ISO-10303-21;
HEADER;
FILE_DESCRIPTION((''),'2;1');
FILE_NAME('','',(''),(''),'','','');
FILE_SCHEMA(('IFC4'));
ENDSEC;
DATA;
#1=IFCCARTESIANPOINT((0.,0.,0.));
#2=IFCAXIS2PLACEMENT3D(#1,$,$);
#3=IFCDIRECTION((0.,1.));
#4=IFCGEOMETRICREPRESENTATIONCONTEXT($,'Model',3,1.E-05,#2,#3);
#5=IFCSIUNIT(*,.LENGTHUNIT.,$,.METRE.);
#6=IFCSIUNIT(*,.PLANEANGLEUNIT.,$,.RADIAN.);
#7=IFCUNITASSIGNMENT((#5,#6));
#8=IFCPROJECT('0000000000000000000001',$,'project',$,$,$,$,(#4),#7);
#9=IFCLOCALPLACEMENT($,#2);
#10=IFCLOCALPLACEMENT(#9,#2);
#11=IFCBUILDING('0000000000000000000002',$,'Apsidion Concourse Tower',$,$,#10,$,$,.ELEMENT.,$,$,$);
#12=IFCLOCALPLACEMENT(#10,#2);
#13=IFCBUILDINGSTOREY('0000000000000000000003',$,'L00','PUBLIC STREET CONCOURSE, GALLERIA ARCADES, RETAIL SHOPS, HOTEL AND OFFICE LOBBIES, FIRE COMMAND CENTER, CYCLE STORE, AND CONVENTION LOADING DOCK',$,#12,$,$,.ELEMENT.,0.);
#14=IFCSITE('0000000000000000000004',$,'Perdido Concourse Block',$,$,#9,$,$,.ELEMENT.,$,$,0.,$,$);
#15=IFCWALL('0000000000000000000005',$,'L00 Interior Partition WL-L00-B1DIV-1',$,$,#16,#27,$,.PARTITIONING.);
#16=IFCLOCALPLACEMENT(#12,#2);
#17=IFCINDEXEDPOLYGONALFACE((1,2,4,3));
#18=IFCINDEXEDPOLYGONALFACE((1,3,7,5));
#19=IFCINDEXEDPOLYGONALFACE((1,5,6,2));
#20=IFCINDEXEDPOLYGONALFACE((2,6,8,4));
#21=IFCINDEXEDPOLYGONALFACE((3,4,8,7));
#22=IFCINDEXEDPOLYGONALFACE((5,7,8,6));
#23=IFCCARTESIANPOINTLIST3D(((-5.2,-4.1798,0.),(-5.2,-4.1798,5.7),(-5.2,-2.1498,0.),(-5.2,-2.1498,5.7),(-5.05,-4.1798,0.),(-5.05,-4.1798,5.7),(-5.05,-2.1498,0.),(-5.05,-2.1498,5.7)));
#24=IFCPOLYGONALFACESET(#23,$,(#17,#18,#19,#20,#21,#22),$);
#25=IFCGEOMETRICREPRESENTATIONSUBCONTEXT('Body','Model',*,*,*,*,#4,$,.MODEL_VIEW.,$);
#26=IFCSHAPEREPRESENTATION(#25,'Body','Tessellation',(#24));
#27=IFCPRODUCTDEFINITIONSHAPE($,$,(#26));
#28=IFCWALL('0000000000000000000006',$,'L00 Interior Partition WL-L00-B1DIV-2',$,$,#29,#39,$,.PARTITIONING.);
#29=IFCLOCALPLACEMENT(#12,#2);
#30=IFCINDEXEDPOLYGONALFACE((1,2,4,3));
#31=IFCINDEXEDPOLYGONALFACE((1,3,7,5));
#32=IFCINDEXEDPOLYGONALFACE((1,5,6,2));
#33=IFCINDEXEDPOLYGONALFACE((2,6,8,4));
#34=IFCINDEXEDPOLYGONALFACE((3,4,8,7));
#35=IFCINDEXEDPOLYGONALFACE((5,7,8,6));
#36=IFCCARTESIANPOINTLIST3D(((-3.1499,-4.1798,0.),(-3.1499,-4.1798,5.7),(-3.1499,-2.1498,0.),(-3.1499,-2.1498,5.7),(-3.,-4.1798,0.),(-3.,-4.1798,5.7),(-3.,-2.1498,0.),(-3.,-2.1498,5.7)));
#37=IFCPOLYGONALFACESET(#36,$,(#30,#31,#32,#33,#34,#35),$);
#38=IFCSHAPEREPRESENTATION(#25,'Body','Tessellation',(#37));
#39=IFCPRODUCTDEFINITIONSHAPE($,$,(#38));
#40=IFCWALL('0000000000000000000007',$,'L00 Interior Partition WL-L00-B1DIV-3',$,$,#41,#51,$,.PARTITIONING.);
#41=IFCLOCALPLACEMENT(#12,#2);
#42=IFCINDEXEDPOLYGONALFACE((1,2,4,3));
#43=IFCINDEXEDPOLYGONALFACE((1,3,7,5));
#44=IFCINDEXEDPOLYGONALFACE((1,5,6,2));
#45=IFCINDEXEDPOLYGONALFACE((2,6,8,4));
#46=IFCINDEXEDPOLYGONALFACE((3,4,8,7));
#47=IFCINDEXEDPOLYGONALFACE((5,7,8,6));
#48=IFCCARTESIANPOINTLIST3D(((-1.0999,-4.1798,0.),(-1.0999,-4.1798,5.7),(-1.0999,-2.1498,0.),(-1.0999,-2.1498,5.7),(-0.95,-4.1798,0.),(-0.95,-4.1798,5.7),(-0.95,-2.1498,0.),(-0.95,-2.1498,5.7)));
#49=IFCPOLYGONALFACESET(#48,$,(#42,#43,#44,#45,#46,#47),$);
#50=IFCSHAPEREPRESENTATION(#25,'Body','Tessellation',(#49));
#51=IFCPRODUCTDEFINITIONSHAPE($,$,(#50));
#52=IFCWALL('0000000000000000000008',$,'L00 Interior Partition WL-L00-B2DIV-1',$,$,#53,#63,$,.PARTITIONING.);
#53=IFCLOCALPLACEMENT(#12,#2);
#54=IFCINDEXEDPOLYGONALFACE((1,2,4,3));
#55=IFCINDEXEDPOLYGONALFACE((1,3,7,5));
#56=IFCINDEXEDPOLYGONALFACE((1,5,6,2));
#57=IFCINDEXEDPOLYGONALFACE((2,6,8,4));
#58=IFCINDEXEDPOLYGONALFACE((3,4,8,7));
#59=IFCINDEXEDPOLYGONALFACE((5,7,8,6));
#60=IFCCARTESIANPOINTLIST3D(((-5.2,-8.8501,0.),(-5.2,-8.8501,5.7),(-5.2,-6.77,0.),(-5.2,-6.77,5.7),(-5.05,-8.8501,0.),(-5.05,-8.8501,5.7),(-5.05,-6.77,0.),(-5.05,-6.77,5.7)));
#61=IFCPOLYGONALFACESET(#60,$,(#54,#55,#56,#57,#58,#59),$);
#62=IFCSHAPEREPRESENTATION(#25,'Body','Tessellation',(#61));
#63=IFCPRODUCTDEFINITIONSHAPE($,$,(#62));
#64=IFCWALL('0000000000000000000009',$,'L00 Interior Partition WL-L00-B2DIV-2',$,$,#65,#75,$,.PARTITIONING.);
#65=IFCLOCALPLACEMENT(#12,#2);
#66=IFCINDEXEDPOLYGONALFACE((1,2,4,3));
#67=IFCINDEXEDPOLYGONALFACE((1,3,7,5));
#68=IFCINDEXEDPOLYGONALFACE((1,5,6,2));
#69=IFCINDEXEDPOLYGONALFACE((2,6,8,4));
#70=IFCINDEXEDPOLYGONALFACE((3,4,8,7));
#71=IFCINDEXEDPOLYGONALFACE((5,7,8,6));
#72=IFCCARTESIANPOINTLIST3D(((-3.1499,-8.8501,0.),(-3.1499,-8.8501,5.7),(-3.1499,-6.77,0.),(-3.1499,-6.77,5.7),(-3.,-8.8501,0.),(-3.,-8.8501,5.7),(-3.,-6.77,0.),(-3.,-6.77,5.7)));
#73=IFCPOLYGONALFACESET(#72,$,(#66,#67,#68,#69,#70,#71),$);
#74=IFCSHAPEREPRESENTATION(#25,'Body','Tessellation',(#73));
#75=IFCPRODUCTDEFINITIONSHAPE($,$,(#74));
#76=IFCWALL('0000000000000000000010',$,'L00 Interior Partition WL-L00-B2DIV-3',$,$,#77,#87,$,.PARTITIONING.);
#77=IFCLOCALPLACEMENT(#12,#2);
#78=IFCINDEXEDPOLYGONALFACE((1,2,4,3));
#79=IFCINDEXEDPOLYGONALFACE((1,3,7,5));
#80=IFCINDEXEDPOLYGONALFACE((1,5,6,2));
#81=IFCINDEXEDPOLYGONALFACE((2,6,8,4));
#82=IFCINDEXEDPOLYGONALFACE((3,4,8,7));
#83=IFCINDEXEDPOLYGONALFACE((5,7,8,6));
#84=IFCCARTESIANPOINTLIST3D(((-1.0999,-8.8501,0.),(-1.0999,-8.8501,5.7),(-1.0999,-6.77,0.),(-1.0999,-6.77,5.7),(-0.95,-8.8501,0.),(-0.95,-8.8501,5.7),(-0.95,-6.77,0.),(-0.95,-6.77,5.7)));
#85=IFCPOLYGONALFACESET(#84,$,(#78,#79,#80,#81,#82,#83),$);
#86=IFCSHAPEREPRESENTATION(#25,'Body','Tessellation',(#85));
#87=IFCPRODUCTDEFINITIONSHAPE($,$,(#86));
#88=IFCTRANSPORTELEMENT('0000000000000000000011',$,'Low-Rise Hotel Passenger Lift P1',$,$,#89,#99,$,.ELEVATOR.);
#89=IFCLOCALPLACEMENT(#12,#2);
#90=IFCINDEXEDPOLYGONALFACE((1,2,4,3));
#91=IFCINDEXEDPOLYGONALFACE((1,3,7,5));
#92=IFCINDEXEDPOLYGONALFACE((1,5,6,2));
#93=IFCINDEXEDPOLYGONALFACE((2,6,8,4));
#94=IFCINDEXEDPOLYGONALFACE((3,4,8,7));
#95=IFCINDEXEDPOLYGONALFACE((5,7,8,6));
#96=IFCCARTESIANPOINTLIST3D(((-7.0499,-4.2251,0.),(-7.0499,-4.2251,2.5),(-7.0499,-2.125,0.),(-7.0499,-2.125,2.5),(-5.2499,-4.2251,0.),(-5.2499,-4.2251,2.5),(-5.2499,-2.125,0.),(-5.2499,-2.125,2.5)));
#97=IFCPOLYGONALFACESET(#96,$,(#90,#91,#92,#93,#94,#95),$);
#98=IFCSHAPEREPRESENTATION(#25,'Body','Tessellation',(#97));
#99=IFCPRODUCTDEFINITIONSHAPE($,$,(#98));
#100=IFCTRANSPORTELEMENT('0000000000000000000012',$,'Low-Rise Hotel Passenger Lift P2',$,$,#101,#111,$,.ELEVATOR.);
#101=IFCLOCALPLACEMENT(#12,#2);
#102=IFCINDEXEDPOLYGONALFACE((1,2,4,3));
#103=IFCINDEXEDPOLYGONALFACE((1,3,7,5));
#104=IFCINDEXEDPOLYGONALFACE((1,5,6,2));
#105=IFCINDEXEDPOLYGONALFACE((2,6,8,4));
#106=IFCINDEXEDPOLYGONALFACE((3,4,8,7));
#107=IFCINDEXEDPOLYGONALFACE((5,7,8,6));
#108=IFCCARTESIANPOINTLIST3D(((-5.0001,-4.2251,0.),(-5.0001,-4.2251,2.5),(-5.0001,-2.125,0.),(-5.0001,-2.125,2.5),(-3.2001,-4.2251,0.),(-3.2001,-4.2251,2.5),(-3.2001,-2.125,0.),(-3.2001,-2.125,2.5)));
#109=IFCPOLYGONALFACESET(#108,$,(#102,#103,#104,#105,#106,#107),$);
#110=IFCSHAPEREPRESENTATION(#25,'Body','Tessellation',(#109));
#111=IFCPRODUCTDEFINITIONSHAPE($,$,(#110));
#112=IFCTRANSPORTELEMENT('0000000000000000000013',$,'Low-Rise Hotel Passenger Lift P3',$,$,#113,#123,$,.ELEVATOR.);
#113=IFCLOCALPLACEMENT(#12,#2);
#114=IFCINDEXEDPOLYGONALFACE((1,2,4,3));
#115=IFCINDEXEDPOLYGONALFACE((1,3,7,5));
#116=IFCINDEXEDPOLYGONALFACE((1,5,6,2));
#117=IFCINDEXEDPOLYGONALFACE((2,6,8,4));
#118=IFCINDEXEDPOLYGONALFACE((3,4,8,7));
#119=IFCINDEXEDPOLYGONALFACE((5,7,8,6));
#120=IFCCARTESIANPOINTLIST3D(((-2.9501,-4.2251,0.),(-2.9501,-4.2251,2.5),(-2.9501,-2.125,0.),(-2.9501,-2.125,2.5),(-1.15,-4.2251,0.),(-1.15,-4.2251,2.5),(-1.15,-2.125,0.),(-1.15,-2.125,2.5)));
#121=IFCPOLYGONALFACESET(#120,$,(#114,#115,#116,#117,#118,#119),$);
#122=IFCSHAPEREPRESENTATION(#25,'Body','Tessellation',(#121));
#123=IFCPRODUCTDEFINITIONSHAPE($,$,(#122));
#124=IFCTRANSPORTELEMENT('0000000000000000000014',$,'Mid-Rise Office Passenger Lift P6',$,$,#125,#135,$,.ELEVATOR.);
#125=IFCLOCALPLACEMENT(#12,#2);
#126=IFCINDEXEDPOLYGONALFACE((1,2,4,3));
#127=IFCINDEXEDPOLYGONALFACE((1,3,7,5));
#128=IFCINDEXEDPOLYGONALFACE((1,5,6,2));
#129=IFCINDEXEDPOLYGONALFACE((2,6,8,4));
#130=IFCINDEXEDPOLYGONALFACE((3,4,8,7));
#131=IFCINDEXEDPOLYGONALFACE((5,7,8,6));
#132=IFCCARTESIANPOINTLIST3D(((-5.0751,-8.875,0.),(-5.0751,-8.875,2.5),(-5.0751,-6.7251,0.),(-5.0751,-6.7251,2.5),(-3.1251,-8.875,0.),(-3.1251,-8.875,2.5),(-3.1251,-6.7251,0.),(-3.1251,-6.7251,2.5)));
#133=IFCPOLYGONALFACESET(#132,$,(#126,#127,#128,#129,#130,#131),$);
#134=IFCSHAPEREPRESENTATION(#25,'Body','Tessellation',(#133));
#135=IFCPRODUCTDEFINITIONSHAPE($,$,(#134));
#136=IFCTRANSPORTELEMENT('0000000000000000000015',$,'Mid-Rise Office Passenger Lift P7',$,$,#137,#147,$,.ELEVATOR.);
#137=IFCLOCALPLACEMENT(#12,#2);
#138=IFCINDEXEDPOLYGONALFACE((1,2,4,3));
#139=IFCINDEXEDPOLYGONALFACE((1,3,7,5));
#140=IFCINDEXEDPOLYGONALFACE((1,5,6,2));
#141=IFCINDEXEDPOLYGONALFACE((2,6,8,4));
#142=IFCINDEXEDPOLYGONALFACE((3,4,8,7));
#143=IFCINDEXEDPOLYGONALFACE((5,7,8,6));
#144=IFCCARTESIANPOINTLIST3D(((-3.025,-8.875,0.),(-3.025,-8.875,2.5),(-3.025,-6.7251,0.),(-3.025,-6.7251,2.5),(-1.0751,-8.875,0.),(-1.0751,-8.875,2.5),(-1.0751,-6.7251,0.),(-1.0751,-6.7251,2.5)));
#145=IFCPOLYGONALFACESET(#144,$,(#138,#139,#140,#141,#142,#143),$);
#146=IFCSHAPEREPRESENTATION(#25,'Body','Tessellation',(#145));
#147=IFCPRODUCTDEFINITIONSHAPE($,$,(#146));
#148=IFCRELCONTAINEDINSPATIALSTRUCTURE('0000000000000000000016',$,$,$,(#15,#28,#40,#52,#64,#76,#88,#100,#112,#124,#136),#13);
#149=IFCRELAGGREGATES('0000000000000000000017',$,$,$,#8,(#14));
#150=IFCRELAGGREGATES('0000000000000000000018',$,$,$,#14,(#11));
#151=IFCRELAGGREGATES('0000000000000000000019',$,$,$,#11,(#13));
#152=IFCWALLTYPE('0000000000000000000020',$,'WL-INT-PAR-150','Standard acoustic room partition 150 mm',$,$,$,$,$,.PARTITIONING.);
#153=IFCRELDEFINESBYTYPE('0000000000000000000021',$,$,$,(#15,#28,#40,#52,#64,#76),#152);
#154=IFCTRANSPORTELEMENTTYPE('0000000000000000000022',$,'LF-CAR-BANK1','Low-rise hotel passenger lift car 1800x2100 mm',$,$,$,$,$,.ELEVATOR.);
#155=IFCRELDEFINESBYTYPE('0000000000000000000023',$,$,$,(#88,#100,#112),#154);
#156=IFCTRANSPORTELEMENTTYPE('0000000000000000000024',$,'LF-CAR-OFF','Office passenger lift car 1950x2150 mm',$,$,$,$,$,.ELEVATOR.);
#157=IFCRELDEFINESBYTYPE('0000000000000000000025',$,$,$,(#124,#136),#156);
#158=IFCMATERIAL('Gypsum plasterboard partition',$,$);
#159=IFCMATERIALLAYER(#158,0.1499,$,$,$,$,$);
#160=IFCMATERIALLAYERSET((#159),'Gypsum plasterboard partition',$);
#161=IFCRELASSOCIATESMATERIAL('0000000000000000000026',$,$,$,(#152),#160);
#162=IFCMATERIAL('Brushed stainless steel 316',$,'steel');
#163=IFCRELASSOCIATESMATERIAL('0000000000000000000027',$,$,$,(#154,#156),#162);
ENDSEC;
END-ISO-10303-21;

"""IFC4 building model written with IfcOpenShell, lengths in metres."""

from ifc_helpers import new_model, si_unit, direction, frame, frame_2d, origin, origin_2d, place, context, subcontext, project, spatial, rectangle, extrude, material, layer, layer_set, type_object, element, save


model = new_model("IFC4")

# Units and contexts
model_context = context("Model", 3, precision=1e-05, world=origin(), true_north=direction((0.0, 1.0)))
body_context = subcontext(model_context, "Body", "Model", "MODEL_VIEW")
ifc_project = project(units=[si_unit("LENGTHUNIT", "METRE"), si_unit("PLANEANGLEUNIT", "RADIAN")], contexts=[model_context])

# Site, building, storey
site_placement = place(None, origin())
site = spatial("IfcSite", under=ifc_project, at=site_placement, Name="Perdido Concourse Block", CompositionType="ELEMENT", RefElevation=0.0)
building_placement = place(site_placement, origin())
building = spatial("IfcBuilding", under=site, at=building_placement, Name="Apsidion Concourse Tower", CompositionType="ELEMENT")
storey_placement = place(building_placement, origin())
storey = spatial("IfcBuildingStorey", under=building, at=storey_placement, Name="L00", Description="PUBLIC STREET CONCOURSE, GALLERIA ARCADES, RETAIL SHOPS, HOTEL AND OFFICE LOBBIES, FIRE COMMAND CENTER, CYCLE STORE, AND CONVENTION LOADING DOCK", CompositionType="ELEMENT", Elevation=0.0)

# Walls
ifc_material_1 = material(Name="Gypsum plasterboard partition")
ifc_layer_1 = layer(ifc_material_1, 0.1499)
ifc_layer_set_1 = layer_set([ifc_layer_1], Name="Gypsum plasterboard partition")
wall_type_1 = type_object("IfcWallType", Name="WL-INT-PAR-150", Description="Standard acoustic room partition 150 mm", PredefinedType="PARTITIONING", material=ifc_layer_set_1)
for number, where, z_axis, x_axis, name in (
    (1, (-5.125, -4.1799, 0.0), (0.0, 0.0, 1.0), (0.0, 1.0, 0.0), "L00 Interior Partition WL-L00-B1DIV-1"),
    (2, (-3.075, -4.1799, 0.0), (0.0, 0.0, 1.0), (0.0, 1.0, 0.0), "L00 Interior Partition WL-L00-B1DIV-2"),
    (3, (-1.0249, -4.1799, 0.0), (0.0, 0.0, 1.0), (0.0, 1.0, 0.0), "L00 Interior Partition WL-L00-B1DIV-3"),
):
    element("IfcWall", number, at=place(storey_placement, frame(where, z_axis=z_axis, x_axis=x_axis)), inside=storey, type_object=wall_type_1, Name=name, PredefinedType="PARTITIONING", context=body_context, shape_type="SweptSolid", body=[
        extrude(rectangle(XDim=2.03, YDim=0.1499, at=frame_2d((1.0151, 0.0))), origin(), (0.0, 0.0, 1.0), 5.7),
    ])
for number, where, z_axis, x_axis, name in (
    (4, (-5.125, -8.8501, 0.0), (0.0, 0.0, 1.0), (0.0, 1.0, 0.0), "L00 Interior Partition WL-L00-B2DIV-1"),
    (5, (-3.075, -8.8501, 0.0), (0.0, 0.0, 1.0), (0.0, 1.0, 0.0), "L00 Interior Partition WL-L00-B2DIV-2"),
    (6, (-1.0249, -8.8501, 0.0), (0.0, 0.0, 1.0), (0.0, 1.0, 0.0), "L00 Interior Partition WL-L00-B2DIV-3"),
):
    element("IfcWall", number, at=place(storey_placement, frame(where, z_axis=z_axis, x_axis=x_axis)), inside=storey, type_object=wall_type_1, Name=name, PredefinedType="PARTITIONING", context=body_context, shape_type="SweptSolid", body=[
        extrude(rectangle(XDim=2.0801, YDim=0.1499, at=frame_2d((1.04, 0.0))), origin(), (0.0, 0.0, 1.0), 5.7),
    ])

# Shared definitions
ifc_material_2 = material(Name="Brushed stainless steel 316", Category="steel")

# Transport elements
transport_element_type_1 = type_object("IfcTransportElementType", Name="LF-CAR-BANK1", Description="Low-rise hotel passenger lift car 1800x2100 mm", PredefinedType="ELEVATOR", material=ifc_material_2)
for number, where, z_axis, x_axis, name in (
    (7, (-6.1499, -3.175, 0.0), (0.0, 0.0, 1.0), (1.0, 0.0, 0.0), "Low-Rise Hotel Passenger Lift P1"),
    (8, (-4.1001, -3.175, 0.0), (0.0, 0.0, 1.0), (1.0, 0.0, 0.0), "Low-Rise Hotel Passenger Lift P2"),
    (9, (-2.05, -3.175, 0.0), (0.0, 0.0, 1.0), (1.0, 0.0, 0.0), "Low-Rise Hotel Passenger Lift P3"),
):
    element("IfcTransportElement", number, at=place(storey_placement, frame(where, z_axis=z_axis, x_axis=x_axis)), inside=storey, type_object=transport_element_type_1, Name=name, PredefinedType="ELEVATOR", context=body_context, shape_type="SweptSolid", body=[
        extrude(rectangle(XDim=1.8, YDim=2.1001, at=origin_2d()), origin(), (0.0, 0.0, 1.0), 2.5),
    ])
transport_element_type_2 = type_object("IfcTransportElementType", Name="LF-CAR-OFF", Description="Office passenger lift car 1950x2150 mm", PredefinedType="ELEVATOR", material=ifc_material_2)
for number, where, z_axis, x_axis, name in (
    (10, (-4.1001, -7.8, 0.0), (0.0, 0.0, 1.0), (1.0, 0.0, 0.0), "Mid-Rise Office Passenger Lift P6"),
    (11, (-2.05, -7.8, 0.0), (0.0, 0.0, 1.0), (1.0, 0.0, 0.0), "Mid-Rise Office Passenger Lift P7"),
):
    element("IfcTransportElement", number, at=place(storey_placement, frame(where, z_axis=z_axis, x_axis=x_axis)), inside=storey, type_object=transport_element_type_2, Name=name, PredefinedType="ELEVATOR", context=body_context, shape_type="SweptSolid", body=[
        extrude(rectangle(XDim=1.95, YDim=2.1499, at=origin_2d()), origin(), (0.0, 0.0, 1.0), 2.5),
    ])

save(model, "model.ifc")
